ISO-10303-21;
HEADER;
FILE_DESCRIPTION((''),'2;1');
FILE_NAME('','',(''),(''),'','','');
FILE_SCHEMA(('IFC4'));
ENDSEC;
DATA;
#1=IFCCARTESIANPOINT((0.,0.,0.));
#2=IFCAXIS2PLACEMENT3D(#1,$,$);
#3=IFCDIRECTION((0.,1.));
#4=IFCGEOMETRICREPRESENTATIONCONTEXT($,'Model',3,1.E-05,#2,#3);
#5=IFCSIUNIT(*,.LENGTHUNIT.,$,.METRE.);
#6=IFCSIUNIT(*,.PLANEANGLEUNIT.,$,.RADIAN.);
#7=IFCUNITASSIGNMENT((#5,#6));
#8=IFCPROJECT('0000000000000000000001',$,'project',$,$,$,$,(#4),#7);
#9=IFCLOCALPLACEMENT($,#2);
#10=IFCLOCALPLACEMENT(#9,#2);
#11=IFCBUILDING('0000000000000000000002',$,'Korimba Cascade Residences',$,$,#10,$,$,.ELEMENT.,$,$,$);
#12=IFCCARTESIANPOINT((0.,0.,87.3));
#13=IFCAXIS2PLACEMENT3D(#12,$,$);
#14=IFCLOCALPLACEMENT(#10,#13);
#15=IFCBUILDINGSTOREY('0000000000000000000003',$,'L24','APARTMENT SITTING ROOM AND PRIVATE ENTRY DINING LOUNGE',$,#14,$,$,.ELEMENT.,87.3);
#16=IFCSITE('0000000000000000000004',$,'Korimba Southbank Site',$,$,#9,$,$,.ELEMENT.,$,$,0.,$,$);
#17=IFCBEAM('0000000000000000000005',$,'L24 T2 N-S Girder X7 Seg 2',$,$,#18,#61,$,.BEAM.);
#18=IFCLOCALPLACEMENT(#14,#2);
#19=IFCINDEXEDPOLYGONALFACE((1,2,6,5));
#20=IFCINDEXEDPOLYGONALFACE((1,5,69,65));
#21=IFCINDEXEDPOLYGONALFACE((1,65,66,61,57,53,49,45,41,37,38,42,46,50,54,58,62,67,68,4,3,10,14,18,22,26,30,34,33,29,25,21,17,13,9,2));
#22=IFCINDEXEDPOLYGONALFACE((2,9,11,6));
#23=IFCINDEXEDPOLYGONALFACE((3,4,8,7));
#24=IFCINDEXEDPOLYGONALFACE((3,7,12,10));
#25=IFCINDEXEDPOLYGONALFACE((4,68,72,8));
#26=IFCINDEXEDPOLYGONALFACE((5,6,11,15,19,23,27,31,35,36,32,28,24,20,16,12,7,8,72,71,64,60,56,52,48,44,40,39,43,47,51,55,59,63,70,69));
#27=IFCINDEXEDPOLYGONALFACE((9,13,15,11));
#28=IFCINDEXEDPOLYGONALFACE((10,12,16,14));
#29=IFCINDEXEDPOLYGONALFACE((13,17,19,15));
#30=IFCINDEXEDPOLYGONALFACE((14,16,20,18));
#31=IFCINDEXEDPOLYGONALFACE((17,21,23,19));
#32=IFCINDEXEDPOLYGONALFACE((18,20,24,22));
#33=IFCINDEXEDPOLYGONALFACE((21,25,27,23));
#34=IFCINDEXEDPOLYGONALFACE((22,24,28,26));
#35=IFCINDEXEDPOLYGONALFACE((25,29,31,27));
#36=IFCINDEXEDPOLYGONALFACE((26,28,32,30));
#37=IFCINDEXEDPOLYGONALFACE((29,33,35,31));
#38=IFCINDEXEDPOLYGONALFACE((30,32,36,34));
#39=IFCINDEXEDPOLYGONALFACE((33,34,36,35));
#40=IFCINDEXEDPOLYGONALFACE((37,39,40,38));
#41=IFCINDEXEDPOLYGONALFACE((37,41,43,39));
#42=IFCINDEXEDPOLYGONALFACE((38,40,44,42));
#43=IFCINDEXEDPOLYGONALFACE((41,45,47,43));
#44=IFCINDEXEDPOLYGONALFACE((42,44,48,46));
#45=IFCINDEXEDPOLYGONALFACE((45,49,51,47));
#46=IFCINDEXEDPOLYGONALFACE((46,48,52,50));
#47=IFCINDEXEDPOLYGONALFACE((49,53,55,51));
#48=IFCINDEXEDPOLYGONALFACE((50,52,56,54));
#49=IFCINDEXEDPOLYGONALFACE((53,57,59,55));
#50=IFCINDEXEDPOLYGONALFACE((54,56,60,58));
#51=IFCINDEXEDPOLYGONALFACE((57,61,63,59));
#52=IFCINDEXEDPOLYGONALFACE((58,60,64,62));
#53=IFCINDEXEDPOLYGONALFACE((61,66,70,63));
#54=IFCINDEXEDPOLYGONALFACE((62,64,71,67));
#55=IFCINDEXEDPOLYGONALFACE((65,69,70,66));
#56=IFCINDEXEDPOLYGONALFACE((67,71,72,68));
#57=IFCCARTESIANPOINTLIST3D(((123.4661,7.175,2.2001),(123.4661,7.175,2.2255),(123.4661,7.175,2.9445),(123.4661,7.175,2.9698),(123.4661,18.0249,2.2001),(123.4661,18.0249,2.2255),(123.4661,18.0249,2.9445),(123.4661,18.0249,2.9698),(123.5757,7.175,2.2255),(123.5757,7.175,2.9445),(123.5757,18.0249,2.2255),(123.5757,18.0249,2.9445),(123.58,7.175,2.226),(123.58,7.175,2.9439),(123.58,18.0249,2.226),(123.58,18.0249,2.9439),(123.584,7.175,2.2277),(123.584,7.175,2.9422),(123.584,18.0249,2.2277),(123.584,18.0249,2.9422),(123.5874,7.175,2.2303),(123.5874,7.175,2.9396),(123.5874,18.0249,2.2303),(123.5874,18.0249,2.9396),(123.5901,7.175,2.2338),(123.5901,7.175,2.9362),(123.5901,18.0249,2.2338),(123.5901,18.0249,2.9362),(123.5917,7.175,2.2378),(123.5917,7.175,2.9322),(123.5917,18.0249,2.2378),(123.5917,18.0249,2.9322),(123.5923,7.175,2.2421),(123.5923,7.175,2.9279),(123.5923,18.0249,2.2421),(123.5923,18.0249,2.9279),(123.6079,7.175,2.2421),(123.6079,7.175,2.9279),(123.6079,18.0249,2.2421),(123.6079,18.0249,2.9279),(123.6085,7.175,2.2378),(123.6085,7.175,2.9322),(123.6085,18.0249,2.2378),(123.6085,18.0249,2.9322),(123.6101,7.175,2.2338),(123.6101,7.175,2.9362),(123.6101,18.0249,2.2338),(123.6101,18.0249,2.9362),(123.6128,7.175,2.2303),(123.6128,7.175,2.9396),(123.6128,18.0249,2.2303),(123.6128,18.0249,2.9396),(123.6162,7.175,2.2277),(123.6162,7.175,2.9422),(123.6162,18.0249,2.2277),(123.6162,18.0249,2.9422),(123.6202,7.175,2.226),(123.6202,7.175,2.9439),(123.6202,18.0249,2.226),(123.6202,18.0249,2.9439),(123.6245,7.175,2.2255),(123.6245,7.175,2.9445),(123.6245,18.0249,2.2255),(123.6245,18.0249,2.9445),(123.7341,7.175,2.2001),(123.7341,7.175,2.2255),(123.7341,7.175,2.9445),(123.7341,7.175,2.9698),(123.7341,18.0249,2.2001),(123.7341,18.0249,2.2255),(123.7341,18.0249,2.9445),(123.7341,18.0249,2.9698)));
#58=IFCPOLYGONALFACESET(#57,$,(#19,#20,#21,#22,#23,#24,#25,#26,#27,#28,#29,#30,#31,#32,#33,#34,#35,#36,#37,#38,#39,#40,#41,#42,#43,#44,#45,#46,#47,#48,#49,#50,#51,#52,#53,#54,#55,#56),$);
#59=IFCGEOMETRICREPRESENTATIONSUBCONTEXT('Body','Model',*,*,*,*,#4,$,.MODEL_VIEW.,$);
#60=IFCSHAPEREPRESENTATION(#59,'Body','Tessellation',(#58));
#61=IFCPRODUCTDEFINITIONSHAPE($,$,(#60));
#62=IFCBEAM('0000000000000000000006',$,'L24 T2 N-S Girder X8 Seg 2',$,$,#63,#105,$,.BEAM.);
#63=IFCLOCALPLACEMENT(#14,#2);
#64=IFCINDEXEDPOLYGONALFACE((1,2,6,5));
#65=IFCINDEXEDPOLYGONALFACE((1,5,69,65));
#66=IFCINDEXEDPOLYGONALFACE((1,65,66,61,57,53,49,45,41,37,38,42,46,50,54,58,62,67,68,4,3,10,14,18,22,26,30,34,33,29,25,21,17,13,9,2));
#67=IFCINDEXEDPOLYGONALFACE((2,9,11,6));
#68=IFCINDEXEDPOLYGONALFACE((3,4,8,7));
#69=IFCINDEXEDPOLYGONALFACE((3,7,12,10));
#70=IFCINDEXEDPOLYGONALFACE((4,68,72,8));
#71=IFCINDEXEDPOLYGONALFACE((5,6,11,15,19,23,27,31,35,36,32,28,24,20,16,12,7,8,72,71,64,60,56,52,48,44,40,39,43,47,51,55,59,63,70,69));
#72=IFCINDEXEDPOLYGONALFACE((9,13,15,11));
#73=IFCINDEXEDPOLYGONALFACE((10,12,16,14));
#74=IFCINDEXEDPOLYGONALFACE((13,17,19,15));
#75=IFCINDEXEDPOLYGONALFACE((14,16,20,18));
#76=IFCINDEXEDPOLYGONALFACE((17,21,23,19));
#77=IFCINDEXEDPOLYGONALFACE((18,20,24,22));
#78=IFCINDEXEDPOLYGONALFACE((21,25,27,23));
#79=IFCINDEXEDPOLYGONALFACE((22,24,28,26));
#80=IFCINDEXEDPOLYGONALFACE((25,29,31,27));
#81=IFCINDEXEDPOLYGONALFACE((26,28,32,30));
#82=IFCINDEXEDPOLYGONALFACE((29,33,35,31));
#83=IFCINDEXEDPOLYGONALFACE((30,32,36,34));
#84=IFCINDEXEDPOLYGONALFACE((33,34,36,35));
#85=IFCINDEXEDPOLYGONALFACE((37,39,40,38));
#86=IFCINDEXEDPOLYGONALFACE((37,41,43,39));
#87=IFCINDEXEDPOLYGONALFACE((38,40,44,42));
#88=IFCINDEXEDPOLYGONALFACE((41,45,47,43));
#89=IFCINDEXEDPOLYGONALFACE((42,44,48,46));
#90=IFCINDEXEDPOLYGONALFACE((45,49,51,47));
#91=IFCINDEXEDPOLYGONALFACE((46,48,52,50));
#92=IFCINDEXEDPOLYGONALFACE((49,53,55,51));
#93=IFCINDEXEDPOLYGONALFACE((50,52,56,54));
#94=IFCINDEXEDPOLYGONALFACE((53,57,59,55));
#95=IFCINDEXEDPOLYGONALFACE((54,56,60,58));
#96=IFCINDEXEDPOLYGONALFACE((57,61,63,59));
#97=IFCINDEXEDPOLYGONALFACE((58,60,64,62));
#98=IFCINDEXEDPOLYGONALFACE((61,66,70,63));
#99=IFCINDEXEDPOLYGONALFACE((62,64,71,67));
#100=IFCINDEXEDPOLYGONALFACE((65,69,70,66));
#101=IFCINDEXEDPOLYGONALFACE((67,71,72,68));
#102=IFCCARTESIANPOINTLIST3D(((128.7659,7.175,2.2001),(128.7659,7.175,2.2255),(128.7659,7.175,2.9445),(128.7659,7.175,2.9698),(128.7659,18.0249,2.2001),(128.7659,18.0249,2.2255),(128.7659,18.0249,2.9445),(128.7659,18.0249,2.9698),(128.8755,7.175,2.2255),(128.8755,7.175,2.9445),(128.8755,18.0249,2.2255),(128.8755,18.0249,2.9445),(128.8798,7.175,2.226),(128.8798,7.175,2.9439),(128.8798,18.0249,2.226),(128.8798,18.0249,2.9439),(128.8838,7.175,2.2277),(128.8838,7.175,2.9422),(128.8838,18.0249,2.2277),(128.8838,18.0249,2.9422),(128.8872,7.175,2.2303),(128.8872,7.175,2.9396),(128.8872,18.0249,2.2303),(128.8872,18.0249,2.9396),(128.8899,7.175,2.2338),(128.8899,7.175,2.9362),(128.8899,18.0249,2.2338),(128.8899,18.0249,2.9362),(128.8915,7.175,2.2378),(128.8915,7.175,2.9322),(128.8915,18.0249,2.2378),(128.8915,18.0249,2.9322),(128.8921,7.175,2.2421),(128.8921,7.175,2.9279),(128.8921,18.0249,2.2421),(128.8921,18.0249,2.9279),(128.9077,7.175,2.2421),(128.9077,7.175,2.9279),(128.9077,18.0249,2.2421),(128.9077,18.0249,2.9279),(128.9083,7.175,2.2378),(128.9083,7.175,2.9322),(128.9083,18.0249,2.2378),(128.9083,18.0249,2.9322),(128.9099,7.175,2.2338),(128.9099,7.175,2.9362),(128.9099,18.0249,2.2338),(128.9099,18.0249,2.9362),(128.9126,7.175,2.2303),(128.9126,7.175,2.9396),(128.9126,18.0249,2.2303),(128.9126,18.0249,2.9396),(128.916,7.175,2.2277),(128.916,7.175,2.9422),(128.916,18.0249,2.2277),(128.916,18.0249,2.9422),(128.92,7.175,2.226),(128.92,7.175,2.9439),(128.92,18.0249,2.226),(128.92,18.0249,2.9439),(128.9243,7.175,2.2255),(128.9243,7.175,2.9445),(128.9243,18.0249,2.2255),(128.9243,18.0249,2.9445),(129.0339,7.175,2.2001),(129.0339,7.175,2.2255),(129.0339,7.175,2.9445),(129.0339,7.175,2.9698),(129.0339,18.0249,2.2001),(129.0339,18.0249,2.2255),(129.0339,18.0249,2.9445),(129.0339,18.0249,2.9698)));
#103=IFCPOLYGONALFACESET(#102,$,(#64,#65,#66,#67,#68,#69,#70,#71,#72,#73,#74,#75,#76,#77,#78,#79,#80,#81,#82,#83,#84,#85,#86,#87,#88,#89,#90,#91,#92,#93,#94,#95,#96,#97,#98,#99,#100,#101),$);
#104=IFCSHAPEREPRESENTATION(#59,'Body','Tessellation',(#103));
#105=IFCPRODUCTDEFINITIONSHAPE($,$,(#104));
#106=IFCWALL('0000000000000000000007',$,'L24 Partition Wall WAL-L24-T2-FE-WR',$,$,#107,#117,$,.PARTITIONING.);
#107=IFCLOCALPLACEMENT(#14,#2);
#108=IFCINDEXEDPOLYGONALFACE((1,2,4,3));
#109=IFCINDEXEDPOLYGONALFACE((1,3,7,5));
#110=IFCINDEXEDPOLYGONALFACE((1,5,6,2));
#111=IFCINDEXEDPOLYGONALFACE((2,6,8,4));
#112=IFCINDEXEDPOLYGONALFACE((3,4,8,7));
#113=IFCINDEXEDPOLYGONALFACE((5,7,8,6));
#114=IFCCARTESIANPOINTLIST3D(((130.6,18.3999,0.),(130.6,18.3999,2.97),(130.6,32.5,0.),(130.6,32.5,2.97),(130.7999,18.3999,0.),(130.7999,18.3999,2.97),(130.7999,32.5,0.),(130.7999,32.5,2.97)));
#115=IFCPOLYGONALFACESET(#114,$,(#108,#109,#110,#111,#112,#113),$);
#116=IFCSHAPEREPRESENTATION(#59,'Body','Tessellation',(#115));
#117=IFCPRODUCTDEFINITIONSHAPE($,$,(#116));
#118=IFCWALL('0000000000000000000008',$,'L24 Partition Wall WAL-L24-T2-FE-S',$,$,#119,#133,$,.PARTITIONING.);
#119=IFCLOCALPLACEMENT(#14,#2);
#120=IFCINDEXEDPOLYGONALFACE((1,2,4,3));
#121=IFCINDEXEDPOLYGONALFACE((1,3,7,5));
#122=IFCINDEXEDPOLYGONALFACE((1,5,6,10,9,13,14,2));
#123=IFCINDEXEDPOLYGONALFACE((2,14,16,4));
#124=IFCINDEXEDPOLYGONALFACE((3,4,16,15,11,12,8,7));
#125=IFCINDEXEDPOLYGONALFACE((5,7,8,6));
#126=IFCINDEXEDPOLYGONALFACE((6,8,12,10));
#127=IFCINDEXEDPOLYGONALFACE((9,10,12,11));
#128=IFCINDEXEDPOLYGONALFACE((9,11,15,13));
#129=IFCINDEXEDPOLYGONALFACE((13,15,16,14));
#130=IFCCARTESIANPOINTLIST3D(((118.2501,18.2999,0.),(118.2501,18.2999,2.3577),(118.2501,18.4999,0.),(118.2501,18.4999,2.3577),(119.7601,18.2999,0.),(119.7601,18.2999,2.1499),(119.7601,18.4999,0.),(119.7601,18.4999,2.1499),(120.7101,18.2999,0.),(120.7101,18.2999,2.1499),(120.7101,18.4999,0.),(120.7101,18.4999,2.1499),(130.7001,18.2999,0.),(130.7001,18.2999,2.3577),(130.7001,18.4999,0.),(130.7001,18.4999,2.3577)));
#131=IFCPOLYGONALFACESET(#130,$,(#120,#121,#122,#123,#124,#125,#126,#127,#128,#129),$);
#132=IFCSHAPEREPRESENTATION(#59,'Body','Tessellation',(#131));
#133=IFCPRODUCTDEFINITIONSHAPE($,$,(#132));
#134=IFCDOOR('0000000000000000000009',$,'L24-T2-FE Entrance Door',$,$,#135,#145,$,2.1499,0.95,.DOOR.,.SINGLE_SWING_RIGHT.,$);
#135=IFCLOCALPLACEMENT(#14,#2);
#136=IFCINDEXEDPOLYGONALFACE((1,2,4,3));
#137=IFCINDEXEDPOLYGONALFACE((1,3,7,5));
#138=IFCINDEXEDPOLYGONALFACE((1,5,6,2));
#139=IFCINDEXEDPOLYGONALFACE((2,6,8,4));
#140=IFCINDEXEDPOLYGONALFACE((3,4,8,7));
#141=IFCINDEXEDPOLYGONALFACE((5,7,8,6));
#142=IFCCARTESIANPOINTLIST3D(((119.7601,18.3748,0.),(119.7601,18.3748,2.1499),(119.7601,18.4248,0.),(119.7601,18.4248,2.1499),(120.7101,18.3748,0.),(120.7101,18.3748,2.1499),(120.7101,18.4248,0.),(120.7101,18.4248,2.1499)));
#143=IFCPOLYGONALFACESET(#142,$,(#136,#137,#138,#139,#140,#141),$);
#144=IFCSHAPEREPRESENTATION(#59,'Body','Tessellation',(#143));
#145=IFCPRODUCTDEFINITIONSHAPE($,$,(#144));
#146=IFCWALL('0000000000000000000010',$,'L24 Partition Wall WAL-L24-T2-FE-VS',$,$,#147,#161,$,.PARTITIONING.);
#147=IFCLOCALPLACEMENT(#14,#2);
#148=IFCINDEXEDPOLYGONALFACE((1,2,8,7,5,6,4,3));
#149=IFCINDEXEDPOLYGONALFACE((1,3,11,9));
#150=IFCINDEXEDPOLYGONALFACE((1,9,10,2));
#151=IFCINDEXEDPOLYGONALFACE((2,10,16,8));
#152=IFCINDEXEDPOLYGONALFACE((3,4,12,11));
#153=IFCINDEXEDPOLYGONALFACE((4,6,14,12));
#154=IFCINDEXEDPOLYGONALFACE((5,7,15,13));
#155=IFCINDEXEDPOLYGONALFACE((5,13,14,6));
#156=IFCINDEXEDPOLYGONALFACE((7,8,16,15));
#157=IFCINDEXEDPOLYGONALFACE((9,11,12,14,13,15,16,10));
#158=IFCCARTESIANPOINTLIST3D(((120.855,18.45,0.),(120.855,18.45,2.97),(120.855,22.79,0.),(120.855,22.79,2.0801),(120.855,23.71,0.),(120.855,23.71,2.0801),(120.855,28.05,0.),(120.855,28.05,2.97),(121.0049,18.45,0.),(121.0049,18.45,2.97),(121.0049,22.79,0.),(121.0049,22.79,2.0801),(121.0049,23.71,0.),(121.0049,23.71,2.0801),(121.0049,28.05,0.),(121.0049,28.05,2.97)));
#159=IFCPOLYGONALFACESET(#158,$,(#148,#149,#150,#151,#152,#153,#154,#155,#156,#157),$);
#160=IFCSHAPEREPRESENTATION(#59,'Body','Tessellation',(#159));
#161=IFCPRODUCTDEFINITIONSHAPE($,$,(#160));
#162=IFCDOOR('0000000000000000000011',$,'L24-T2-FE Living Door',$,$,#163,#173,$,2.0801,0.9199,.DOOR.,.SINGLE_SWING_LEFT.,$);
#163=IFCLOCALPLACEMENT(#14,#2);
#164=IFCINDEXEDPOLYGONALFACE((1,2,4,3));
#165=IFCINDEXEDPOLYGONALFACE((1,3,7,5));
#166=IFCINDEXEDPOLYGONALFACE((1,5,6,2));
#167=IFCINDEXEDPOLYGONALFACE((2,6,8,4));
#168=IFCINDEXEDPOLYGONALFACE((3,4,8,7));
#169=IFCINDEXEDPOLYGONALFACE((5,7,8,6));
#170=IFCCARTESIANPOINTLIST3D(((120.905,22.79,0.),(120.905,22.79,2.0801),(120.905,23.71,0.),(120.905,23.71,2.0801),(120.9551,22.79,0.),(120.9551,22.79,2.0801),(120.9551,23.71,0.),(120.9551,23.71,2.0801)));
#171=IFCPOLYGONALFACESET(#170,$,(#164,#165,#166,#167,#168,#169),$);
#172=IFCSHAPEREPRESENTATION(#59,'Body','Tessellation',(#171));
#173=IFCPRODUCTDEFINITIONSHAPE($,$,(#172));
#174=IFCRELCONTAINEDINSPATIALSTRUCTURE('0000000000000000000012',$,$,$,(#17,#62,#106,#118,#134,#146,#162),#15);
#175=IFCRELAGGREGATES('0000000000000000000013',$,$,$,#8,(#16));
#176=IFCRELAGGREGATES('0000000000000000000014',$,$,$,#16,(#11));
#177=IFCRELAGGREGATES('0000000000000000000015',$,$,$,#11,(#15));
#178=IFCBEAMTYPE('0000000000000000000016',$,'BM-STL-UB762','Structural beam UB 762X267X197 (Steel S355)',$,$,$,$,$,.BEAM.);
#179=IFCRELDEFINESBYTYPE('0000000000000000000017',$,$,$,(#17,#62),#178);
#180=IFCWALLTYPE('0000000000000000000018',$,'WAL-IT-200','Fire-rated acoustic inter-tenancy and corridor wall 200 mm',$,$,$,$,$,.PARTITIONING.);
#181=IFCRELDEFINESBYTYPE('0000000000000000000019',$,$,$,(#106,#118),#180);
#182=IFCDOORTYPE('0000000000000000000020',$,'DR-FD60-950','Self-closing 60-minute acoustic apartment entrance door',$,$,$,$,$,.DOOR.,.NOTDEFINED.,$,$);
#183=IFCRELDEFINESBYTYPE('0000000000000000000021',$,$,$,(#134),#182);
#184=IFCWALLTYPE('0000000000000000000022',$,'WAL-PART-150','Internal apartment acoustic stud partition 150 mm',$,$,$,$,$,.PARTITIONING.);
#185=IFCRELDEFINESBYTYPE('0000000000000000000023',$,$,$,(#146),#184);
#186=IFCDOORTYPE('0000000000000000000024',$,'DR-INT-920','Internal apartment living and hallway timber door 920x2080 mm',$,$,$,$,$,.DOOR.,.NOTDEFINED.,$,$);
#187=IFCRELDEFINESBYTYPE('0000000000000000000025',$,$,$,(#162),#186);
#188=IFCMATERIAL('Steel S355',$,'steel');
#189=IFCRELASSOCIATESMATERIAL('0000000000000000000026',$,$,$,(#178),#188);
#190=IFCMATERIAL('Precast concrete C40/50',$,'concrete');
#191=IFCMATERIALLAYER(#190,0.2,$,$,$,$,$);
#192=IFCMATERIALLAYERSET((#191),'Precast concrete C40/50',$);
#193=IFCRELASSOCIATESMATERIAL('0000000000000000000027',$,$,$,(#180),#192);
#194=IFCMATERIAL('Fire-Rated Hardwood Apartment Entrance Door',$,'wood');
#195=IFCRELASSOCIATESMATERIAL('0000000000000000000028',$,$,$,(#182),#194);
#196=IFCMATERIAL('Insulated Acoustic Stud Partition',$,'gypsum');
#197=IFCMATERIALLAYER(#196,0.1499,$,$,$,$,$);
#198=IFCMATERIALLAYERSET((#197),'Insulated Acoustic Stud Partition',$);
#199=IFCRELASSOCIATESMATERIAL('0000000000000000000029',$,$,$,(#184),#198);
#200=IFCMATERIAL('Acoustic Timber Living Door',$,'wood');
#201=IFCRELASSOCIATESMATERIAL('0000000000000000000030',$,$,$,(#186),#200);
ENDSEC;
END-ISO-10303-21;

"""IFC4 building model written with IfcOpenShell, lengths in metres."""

from ifc_helpers import new_model, si_unit, direction, frame, frame_2d, origin, origin_2d, place, context, subcontext, project, spatial, rectangle, i_section, extrude, material, layer, layer_set, material_profile, profile_set, type_object, element, fill, save


model = new_model("IFC4")

# Units and contexts
model_context = context("Model", 3, precision=1e-05, world=origin(), true_north=direction((0.0, 1.0)))
body_context = subcontext(model_context, "Body", "Model", "MODEL_VIEW")
ifc_project = project(units=[si_unit("LENGTHUNIT", "METRE"), si_unit("PLANEANGLEUNIT", "RADIAN")], contexts=[model_context])

# Site, building, storey
site_placement = place(None, origin())
site = spatial("IfcSite", under=ifc_project, at=site_placement, Name="Korimba Southbank Site", CompositionType="ELEMENT", RefElevation=0.0)
building_placement = place(site_placement, origin())
building = spatial("IfcBuilding", under=site, at=building_placement, Name="Korimba Cascade Residences", CompositionType="ELEMENT")
storey_placement = place(building_placement, frame((0.0, 0.0, 87.3)))
storey = spatial("IfcBuildingStorey", under=building, at=storey_placement, Name="L24", Description="APARTMENT SITTING ROOM AND PRIVATE ENTRY DINING LOUNGE", CompositionType="ELEMENT", Elevation=87.3)

# Beams
ifc_material_1 = material(Name="Steel S355", Category="steel")
ifc_material_profile_1 = material_profile(ifc_material_1, i_section(OverallWidth=0.2681, OverallDepth=0.7698, WebThickness=0.0156, FlangeThickness=0.0254, FilletRadius=0.0166, at=origin_2d()), Name="Steel S355")
ifc_profile_set_1 = profile_set([ifc_material_profile_1], Name="Steel S355")
beam_type_1 = type_object("IfcBeamType", Name="BM-STL-UB762", Description="Structural beam UB 762X267X197 (Steel S355)", PredefinedType="BEAM", material=ifc_profile_set_1)
for number, where, z_axis, x_axis, name in (
    (1, (123.6001, 7.175, 2.585), (0.0, 1.0, 0.0), (-1.0, 0.0, 0.0), "L24 T2 N-S Girder X7 Seg 2"),
    (2, (128.8999, 7.175, 2.585), (0.0, 1.0, 0.0), (-1.0, 0.0, 0.0), "L24 T2 N-S Girder X8 Seg 2"),
):
    element("IfcBeam", number, at=place(storey_placement, frame(where, z_axis=z_axis, x_axis=x_axis)), inside=storey, type_object=beam_type_1, Name=name, PredefinedType="BEAM", context=body_context, shape_type="SweptSolid", body=[
        extrude(i_section(OverallWidth=0.2681, OverallDepth=0.7698, WebThickness=0.0156, FlangeThickness=0.0254, FilletRadius=0.0166, at=origin_2d()), origin(), (0.0, 0.0, 1.0), 10.8499),
    ])

# Wall
ifc_material_2 = material(Name="Precast concrete C40/50", Category="concrete")
ifc_layer_1 = layer(ifc_material_2, 0.2)
ifc_layer_set_1 = layer_set([ifc_layer_1], Name="Precast concrete C40/50")
wall_type_1 = type_object("IfcWallType", Name="WAL-IT-200", Description="Fire-rated acoustic inter-tenancy and corridor wall 200 mm", PredefinedType="PARTITIONING", material=ifc_layer_set_1)
wall_1_placement = place(storey_placement, frame((130.7, 18.3999, 0.0), z_axis=(0.0, 0.0, 1.0), x_axis=(0.0, 1.0, 0.0)))
element("IfcWall", 3, at=wall_1_placement, inside=storey, type_object=wall_type_1, Name="L24 Partition Wall WAL-L24-T2-FE-WR", PredefinedType="PARTITIONING", context=body_context, shape_type="SweptSolid", body=[
    extrude(rectangle(XDim=14.1001, YDim=0.2, at=frame_2d((7.05, 0.0))), origin(), (0.0, 0.0, 1.0), 2.97),
])

# Walls, openings, doors
wall_2_placement = place(storey_placement, frame((118.25, 18.3999, 0.0), z_axis=(0.0, 0.0, 1.0), x_axis=(1.0, 0.0, 0.0)))
wall_2 = element("IfcWall", 4, at=wall_2_placement, inside=storey, type_object=wall_type_1, Name="L24 Partition Wall WAL-L24-T2-FE-S", PredefinedType="PARTITIONING", context=body_context, shape_type="SweptSolid", body=[
    extrude(rectangle(XDim=12.45, YDim=0.2, at=frame_2d((6.2251, 0.0))), origin(), (0.0, 0.0, 1.0), 2.3577),
])
opening_1_placement = place(wall_2_placement, frame((1.51, 0.0, 0.0)))
opening_1 = element("IfcOpeningElement", 5, at=opening_1_placement, cuts=wall_2, PredefinedType="OPENING", context=body_context, shape_type="SweptSolid", body=[
    extrude(rectangle(XDim=0.95, YDim=2.1499, at=frame_2d((0.4751, 1.075))), frame((0.0, 0.1099, 0.0), z_axis=(0.0, -1.0, 0.0), x_axis=(1.0, 0.0, 0.0)), (0.0, 0.0, 1.0), 0.22),
])
ifc_material_3 = material(Name="Fire-Rated Hardwood Apartment Entrance Door", Category="wood")
door_type_1 = type_object("IfcDoorType", Name="DR-FD60-950", Description="Self-closing 60-minute acoustic apartment entrance door", OperationType="NOTDEFINED", PredefinedType="DOOR", material=ifc_material_3)
door_1_placement = place(opening_1_placement, origin())
door_1 = element("IfcDoor", 6, at=door_1_placement, inside=storey, type_object=door_type_1, Name="L24-T2-FE Entrance Door", OperationType="SINGLE_SWING_RIGHT", OverallHeight=2.1499, OverallWidth=0.95, PredefinedType="DOOR", context=body_context, shape_type="SweptSolid", body=[
    extrude(rectangle(XDim=0.95, YDim=2.1499, at=frame_2d((0.4751, 1.075))), frame((0.0, 0.0249, 0.0), z_axis=(0.0, -1.0, 0.0), x_axis=(1.0, 0.0, 0.0)), (0.0, 0.0, 1.0), 0.05),
])
fill(opening_1, door_1)
ifc_material_4 = material(Name="Insulated Acoustic Stud Partition", Category="gypsum")
ifc_layer_2 = layer(ifc_material_4, 0.1499)
ifc_layer_set_2 = layer_set([ifc_layer_2], Name="Insulated Acoustic Stud Partition")
wall_type_2 = type_object("IfcWallType", Name="WAL-PART-150", Description="Internal apartment acoustic stud partition 150 mm", PredefinedType="PARTITIONING", material=ifc_layer_set_2)
wall_3_placement = place(storey_placement, frame((120.9299, 18.45, 0.0), z_axis=(0.0, 0.0, 1.0), x_axis=(0.0, 1.0, 0.0)))
wall_3 = element("IfcWall", 7, at=wall_3_placement, inside=storey, type_object=wall_type_2, Name="L24 Partition Wall WAL-L24-T2-FE-VS", PredefinedType="PARTITIONING", context=body_context, shape_type="SweptSolid", body=[
    extrude(rectangle(XDim=9.6001, YDim=0.1499, at=frame_2d((4.8, 0.0))), origin(), (0.0, 0.0, 1.0), 2.97),
])
opening_2_placement = place(wall_3_placement, frame((4.3401, 0.0, 0.0)))
opening_2 = element("IfcOpeningElement", 8, at=opening_2_placement, cuts=wall_3, PredefinedType="OPENING", context=body_context, shape_type="SweptSolid", body=[
    extrude(rectangle(XDim=0.9199, YDim=2.0801, at=frame_2d((0.46, 1.04))), frame((0.0, 0.085, 0.0), z_axis=(0.0, -1.0, 0.0), x_axis=(1.0, 0.0, 0.0)), (0.0, 0.0, 1.0), 0.1699),
])
ifc_material_5 = material(Name="Acoustic Timber Living Door", Category="wood")
door_type_2 = type_object("IfcDoorType", Name="DR-INT-920", Description="Internal apartment living and hallway timber door 920x2080 mm", OperationType="NOTDEFINED", PredefinedType="DOOR", material=ifc_material_5)
door_2_placement = place(opening_2_placement, origin())
door_2 = element("IfcDoor", 9, at=door_2_placement, inside=storey, type_object=door_type_2, Name="L24-T2-FE Living Door", OperationType="SINGLE_SWING_LEFT", OverallHeight=2.0801, OverallWidth=0.9199, PredefinedType="DOOR", context=body_context, shape_type="SweptSolid", body=[
    extrude(rectangle(XDim=0.9199, YDim=2.0801, at=frame_2d((0.46, 1.04))), frame((0.0, 0.0249, 0.0), z_axis=(0.0, -1.0, 0.0), x_axis=(1.0, 0.0, 0.0)), (0.0, 0.0, 1.0), 0.05),
])
fill(opening_2, door_2)

save(model, "model.ifc")
